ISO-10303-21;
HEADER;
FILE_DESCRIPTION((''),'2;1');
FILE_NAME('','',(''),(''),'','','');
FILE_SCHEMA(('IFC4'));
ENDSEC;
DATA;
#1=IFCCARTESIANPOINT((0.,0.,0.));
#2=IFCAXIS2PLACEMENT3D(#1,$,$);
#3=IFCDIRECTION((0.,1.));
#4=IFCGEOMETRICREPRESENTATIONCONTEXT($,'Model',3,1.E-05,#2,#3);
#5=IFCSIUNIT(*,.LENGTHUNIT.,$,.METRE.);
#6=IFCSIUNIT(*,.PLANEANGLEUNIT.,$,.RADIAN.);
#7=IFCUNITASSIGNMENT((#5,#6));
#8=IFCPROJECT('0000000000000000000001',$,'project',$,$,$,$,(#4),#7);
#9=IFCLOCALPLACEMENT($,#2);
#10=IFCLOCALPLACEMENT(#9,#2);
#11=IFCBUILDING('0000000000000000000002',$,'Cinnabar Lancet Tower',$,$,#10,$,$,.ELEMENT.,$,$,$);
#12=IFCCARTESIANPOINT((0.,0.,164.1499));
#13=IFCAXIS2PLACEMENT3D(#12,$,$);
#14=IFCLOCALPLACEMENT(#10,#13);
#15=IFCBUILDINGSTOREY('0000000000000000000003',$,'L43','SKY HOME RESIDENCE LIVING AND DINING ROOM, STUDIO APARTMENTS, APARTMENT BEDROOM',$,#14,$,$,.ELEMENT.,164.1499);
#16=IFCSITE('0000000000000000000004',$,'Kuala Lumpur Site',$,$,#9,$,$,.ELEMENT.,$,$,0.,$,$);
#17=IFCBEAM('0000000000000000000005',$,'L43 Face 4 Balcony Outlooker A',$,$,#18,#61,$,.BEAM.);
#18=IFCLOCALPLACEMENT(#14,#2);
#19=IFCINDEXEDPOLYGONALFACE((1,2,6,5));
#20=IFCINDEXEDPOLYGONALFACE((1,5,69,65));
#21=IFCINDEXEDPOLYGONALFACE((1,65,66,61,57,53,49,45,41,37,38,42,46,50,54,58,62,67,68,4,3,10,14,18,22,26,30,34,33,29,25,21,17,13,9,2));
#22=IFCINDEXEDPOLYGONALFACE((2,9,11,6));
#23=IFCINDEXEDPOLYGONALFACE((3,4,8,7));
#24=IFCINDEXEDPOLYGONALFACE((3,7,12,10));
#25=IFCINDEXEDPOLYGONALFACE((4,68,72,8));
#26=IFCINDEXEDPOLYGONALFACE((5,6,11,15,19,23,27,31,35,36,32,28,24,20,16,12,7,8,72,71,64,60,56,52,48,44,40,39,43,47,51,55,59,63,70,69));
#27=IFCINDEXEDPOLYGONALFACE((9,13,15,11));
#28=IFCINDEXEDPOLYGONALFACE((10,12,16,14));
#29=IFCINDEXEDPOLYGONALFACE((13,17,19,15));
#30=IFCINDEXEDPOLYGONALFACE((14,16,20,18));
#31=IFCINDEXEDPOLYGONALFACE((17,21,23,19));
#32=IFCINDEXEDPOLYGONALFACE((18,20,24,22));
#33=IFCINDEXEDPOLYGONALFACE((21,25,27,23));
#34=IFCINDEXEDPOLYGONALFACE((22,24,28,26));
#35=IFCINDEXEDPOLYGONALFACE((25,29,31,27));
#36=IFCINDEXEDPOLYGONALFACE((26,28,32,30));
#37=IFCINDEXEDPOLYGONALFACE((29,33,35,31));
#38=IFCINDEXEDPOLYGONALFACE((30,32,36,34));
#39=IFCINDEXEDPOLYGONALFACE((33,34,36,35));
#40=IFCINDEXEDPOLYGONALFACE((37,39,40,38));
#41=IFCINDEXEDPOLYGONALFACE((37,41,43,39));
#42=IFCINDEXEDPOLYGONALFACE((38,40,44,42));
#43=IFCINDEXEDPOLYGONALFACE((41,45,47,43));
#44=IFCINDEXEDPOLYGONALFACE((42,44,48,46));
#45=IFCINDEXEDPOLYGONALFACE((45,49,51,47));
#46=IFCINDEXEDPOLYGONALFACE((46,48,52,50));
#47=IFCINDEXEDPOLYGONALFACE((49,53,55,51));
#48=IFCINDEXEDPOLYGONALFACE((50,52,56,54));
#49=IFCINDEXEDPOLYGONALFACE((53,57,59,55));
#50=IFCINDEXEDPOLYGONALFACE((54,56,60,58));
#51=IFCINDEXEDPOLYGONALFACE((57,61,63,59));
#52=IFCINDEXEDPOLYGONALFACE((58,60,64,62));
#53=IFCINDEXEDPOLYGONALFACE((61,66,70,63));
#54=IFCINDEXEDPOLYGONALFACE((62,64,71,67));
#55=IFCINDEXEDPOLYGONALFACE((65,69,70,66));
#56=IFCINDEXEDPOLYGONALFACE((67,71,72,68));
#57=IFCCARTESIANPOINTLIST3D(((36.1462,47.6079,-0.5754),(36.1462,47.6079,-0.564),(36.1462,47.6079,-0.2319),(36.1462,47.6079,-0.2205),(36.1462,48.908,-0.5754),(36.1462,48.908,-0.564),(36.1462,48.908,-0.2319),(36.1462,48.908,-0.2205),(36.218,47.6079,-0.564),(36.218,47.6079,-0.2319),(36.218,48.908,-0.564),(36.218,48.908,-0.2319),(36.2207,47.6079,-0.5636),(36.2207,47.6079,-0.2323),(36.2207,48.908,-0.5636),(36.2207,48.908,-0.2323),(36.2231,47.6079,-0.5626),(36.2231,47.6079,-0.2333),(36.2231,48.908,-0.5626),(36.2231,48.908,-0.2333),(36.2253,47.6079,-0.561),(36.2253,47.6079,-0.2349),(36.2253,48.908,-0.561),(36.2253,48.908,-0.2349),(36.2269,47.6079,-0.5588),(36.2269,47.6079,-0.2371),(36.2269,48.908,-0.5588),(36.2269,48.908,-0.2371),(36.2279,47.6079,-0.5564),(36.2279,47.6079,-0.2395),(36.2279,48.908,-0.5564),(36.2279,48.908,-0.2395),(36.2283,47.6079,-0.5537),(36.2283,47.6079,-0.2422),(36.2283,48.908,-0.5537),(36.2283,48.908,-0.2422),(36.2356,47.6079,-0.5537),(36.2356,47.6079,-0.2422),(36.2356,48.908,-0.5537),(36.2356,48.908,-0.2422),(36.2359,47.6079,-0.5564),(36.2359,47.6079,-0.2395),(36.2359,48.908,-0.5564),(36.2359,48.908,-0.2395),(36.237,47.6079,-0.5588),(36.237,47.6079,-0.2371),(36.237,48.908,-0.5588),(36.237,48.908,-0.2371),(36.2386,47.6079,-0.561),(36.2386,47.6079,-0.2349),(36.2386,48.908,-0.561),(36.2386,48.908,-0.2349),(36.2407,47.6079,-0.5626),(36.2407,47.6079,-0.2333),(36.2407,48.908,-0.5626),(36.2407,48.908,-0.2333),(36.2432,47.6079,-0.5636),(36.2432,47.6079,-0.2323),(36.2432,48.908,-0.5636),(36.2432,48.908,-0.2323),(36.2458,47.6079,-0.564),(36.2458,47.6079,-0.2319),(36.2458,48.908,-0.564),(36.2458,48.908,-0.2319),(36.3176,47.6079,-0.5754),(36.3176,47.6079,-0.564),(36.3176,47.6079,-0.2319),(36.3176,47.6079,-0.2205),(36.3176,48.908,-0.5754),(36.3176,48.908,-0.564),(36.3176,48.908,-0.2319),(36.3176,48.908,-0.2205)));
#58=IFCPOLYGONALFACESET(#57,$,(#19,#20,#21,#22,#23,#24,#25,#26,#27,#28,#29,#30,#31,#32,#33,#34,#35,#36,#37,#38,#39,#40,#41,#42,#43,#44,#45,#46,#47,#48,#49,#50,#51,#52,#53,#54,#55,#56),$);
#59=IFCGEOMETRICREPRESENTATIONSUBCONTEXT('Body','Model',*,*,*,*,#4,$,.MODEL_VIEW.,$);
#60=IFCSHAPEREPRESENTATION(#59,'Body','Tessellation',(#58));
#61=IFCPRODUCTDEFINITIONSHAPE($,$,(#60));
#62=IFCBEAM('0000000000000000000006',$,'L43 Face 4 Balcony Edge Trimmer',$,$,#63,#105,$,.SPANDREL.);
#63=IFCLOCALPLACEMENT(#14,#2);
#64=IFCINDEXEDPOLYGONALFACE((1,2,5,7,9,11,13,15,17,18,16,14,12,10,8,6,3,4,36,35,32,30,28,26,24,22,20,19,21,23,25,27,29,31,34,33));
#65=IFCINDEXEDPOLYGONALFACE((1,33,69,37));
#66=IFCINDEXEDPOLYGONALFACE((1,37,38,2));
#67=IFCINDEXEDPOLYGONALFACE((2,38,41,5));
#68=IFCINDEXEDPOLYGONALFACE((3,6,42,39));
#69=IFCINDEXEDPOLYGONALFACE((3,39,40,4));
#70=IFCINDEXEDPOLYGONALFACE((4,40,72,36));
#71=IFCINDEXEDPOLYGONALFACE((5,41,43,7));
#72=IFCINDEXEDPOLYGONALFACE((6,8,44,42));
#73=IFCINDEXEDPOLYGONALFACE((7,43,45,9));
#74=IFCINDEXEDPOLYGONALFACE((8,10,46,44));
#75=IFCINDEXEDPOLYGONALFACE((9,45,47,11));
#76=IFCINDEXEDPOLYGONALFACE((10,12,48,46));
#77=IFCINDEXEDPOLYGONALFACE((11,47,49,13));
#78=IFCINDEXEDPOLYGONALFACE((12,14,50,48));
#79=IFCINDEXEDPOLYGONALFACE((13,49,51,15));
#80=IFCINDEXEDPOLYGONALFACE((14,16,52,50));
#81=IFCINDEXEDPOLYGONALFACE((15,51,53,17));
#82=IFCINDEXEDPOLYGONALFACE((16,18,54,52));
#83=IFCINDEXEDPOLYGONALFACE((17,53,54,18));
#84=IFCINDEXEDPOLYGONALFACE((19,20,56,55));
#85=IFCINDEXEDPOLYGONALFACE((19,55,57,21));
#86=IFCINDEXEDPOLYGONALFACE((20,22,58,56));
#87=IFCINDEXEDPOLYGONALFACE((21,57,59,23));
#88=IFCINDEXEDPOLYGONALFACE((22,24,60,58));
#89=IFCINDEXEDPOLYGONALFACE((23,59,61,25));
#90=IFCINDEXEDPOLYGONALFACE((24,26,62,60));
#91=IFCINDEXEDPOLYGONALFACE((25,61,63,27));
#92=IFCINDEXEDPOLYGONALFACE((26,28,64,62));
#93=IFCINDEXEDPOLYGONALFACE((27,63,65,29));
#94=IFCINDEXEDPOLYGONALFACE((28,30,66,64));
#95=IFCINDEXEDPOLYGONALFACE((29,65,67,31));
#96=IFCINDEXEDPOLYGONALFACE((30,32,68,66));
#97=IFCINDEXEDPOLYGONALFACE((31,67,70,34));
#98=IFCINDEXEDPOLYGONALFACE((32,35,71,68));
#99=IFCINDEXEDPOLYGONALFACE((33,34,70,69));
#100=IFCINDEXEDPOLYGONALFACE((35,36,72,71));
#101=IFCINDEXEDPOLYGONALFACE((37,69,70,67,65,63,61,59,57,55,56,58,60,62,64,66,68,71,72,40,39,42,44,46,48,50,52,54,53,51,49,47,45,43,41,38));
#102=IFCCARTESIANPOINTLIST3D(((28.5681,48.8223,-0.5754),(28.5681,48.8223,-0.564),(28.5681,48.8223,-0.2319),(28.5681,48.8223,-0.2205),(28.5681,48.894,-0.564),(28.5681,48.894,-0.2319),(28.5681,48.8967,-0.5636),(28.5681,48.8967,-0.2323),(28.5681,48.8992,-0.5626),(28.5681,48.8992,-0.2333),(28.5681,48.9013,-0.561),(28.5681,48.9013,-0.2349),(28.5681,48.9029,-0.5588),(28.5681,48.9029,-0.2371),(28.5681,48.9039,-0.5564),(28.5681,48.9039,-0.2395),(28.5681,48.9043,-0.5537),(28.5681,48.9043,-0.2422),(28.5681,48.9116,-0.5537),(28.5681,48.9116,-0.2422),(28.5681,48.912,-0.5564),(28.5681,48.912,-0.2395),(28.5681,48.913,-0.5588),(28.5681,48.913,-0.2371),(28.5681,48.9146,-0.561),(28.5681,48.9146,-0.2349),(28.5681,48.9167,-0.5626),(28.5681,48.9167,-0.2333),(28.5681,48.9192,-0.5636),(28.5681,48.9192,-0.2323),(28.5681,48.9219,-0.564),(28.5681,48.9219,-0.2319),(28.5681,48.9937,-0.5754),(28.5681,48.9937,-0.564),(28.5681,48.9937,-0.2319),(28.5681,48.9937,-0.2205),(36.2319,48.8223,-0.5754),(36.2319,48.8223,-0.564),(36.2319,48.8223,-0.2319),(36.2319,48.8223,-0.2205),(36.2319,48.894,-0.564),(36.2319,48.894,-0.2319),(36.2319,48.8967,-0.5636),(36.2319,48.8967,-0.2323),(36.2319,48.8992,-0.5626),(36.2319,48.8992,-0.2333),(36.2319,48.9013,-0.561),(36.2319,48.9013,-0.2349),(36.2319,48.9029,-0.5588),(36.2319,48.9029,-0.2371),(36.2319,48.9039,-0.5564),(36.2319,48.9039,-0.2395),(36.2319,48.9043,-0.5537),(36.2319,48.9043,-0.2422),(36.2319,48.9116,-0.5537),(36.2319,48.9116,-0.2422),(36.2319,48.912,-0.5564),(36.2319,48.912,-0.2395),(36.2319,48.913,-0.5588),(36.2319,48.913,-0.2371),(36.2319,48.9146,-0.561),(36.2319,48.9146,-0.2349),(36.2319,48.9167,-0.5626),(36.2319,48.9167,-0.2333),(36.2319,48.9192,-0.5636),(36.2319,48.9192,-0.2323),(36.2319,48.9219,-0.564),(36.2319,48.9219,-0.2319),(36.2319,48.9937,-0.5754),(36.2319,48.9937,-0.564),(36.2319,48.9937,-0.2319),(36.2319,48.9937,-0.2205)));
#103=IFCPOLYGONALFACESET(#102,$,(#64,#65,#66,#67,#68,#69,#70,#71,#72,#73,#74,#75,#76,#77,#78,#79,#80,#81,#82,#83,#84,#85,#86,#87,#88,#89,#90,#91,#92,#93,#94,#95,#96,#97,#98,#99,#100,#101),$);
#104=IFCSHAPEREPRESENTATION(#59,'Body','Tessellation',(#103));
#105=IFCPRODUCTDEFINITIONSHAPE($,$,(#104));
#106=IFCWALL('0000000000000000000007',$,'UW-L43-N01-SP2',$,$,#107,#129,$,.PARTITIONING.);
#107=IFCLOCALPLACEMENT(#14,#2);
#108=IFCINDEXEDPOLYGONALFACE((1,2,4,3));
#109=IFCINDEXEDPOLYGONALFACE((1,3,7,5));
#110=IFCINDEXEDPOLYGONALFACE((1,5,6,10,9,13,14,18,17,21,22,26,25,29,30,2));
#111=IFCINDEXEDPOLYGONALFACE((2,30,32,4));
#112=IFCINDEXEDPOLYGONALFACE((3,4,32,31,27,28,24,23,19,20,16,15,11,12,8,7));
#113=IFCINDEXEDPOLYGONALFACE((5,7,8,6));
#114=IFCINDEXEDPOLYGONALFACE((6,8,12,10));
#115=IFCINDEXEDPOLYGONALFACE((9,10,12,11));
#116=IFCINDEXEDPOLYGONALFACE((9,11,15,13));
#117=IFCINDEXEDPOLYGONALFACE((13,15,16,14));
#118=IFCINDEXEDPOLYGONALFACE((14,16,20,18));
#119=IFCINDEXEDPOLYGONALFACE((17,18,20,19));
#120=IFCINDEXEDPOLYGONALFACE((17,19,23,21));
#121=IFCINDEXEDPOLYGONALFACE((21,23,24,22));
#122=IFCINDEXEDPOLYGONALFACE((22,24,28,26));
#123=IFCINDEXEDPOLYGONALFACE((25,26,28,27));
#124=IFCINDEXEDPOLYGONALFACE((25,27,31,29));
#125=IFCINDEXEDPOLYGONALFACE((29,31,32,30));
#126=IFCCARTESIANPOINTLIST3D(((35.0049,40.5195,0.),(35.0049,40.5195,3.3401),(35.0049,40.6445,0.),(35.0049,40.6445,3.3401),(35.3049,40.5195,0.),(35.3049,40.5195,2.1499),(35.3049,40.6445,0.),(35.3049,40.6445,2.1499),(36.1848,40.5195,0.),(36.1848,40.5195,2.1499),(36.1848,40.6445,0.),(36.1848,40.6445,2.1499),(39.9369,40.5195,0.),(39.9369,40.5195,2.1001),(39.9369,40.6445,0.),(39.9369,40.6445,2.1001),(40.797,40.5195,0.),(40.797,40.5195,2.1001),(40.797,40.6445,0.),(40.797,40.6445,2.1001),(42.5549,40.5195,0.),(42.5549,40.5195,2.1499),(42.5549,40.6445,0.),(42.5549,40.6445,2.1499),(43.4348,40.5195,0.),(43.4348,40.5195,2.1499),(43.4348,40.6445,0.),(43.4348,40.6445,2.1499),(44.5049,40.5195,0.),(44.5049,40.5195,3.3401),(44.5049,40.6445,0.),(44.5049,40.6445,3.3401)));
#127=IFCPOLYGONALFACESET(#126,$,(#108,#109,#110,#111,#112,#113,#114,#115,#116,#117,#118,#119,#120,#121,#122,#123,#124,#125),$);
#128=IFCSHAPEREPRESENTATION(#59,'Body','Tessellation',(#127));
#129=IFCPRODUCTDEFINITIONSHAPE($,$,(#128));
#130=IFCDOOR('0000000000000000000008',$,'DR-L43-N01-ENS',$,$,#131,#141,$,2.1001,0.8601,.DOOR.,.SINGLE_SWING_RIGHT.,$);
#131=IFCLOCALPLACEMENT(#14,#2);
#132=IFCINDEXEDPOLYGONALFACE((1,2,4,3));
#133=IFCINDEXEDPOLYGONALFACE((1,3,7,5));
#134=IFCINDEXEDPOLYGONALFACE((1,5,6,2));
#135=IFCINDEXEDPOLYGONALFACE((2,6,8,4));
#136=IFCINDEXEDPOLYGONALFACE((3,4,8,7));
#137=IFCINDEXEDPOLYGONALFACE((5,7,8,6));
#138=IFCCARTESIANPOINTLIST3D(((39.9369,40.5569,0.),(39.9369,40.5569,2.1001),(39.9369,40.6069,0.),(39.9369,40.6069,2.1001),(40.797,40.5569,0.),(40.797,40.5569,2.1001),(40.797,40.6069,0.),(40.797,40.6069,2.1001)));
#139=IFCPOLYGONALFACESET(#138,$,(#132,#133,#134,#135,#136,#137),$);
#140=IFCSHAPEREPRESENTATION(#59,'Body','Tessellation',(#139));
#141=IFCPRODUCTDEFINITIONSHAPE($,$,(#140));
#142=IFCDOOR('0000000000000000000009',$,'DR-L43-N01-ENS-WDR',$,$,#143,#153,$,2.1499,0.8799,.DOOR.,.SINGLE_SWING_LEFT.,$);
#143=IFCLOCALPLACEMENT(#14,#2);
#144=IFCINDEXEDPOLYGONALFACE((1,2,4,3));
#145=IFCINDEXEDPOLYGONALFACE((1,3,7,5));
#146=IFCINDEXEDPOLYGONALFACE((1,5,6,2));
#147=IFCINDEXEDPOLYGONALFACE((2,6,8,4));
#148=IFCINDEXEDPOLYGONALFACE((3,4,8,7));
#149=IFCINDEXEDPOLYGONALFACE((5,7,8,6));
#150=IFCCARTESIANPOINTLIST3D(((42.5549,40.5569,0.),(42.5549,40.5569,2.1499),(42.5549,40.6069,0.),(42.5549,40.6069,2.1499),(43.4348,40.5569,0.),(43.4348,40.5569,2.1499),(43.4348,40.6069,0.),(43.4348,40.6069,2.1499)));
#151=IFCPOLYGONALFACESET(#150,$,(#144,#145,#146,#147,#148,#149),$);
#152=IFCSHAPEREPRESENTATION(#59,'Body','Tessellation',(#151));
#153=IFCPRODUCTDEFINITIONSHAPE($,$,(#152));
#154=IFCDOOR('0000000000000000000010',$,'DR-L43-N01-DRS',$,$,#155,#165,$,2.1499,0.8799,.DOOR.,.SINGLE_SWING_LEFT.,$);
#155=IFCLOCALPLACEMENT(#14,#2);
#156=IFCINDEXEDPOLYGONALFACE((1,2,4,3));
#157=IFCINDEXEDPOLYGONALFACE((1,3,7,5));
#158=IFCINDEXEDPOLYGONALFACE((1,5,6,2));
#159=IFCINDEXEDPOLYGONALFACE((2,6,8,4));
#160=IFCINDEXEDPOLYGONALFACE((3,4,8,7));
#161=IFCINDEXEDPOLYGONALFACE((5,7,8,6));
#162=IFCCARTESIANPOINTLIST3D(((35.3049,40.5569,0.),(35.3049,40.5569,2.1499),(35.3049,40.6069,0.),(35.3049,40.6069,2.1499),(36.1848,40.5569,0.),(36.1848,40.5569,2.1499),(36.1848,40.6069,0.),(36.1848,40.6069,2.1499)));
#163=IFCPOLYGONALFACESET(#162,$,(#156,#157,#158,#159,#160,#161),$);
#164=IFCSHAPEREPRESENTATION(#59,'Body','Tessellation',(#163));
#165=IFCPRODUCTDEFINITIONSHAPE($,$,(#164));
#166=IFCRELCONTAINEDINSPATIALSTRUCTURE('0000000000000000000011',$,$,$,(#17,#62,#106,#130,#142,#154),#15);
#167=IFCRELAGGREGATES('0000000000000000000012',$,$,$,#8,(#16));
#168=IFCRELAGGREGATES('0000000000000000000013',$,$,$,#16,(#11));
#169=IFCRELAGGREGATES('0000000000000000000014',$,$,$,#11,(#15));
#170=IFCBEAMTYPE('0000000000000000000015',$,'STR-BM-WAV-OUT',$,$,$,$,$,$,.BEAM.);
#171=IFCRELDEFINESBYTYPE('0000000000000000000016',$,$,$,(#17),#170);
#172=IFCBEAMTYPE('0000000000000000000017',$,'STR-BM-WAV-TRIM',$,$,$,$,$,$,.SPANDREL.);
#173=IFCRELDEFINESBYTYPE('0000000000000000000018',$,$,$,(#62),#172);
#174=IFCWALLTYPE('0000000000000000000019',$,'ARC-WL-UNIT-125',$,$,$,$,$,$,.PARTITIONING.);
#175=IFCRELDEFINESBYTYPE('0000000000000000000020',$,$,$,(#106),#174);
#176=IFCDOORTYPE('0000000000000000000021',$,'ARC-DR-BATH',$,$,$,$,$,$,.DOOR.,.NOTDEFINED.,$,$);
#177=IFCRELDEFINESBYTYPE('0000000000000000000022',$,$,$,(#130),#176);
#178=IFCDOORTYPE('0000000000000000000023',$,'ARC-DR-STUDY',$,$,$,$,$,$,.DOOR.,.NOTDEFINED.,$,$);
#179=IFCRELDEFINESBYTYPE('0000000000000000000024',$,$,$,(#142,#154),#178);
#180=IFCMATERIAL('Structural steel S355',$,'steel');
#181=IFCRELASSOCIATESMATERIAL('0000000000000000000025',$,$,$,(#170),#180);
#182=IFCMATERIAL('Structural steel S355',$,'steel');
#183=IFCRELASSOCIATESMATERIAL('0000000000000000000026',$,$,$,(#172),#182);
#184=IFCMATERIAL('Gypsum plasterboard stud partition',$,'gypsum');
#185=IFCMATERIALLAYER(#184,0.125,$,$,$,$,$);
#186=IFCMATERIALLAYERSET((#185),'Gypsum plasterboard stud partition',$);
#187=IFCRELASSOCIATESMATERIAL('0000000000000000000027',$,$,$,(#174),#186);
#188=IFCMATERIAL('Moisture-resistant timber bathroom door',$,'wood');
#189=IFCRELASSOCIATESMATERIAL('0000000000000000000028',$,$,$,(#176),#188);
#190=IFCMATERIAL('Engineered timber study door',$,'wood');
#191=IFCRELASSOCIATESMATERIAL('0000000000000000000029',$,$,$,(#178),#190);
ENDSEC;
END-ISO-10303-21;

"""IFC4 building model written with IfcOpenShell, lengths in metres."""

from ifc_helpers import new_model, si_unit, direction, frame, frame_2d, origin, origin_2d, place, context, subcontext, project, spatial, rectangle, i_section, extrude, material, layer, layer_set, material_profile, profile_set, type_object, element, fill, save


model = new_model("IFC4")

# Units and contexts
model_context = context("Model", 3, precision=1e-05, world=origin(), true_north=direction((0.0, 1.0)))
body_context = subcontext(model_context, "Body", "Model", "MODEL_VIEW")
ifc_project = project(units=[si_unit("LENGTHUNIT", "METRE"), si_unit("PLANEANGLEUNIT", "RADIAN")], contexts=[model_context])

# Site, building, storey
site_placement = place(None, origin())
site = spatial("IfcSite", under=ifc_project, at=site_placement, Name="Kuala Lumpur Site", CompositionType="ELEMENT", RefElevation=0.0)
building_placement = place(site_placement, origin())
building = spatial("IfcBuilding", under=site, at=building_placement, Name="Cinnabar Lancet Tower", CompositionType="ELEMENT")
storey_placement = place(building_placement, frame((0.0, 0.0, 164.1499)))
storey = spatial("IfcBuildingStorey", under=building, at=storey_placement, Name="L43", Description="SKY HOME RESIDENCE LIVING AND DINING ROOM, STUDIO APARTMENTS, APARTMENT BEDROOM", CompositionType="ELEMENT", Elevation=164.1499)

# Beams
ifc_material_1 = material(Name="Structural steel S355", Category="steel")
ifc_material_profile_1 = material_profile(ifc_material_1, i_section(OverallWidth=0.1714, OverallDepth=0.355, WebThickness=0.0073, FlangeThickness=0.0115, FilletRadius=0.0103, at=origin_2d()), Name="UKB 356x171x51")
ifc_profile_set_1 = profile_set([ifc_material_profile_1], Name="Structural steel S355")
beam_type_1 = type_object("IfcBeamType", Name="STR-BM-WAV-OUT", PredefinedType="BEAM", material=ifc_profile_set_1)
beam_1_placement = place(storey_placement, frame((36.2319, 47.6079, -0.3979), z_axis=(0.0, 1.0, 0.0), x_axis=(-1.0, 0.0, 0.0)))
element("IfcBeam", 1, at=beam_1_placement, inside=storey, type_object=beam_type_1, Name="L43 Face 4 Balcony Outlooker A", PredefinedType="BEAM", context=body_context, shape_type="SweptSolid", body=[
    extrude(i_section(OverallWidth=0.1714, OverallDepth=0.355, WebThickness=0.0073, FlangeThickness=0.0115, FilletRadius=0.0103, at=origin_2d()), origin(), (0.0, 0.0, 1.0), 1.3),
])
ifc_material_2 = material(Name="Structural steel S355", Category="steel")
ifc_material_profile_2 = material_profile(ifc_material_2, i_section(OverallWidth=0.1714, OverallDepth=0.355, WebThickness=0.0073, FlangeThickness=0.0115, FilletRadius=0.0103, at=origin_2d()), Name="UKB 356x171x51")
ifc_profile_set_2 = profile_set([ifc_material_profile_2], Name="Structural steel S355")
beam_type_2 = type_object("IfcBeamType", Name="STR-BM-WAV-TRIM", PredefinedType="SPANDREL", material=ifc_profile_set_2)
beam_2_placement = place(storey_placement, frame((36.2319, 48.908, -0.3979), z_axis=(-1.0, 0.0, 0.0), x_axis=(0.0, -1.0, 0.0)))
element("IfcBeam", 2, at=beam_2_placement, inside=storey, type_object=beam_type_2, Name="L43 Face 4 Balcony Edge Trimmer", PredefinedType="SPANDREL", context=body_context, shape_type="SweptSolid", body=[
    extrude(i_section(OverallWidth=0.1714, OverallDepth=0.355, WebThickness=0.0073, FlangeThickness=0.0115, FilletRadius=0.0103, at=origin_2d()), origin(), (0.0, 0.0, 1.0), 7.6638),
])

# Wall, openings, doors
ifc_material_3 = material(Name="Gypsum plasterboard stud partition", Category="gypsum")
ifc_layer_1 = layer(ifc_material_3, 0.125)
ifc_layer_set_1 = layer_set([ifc_layer_1], Name="Gypsum plasterboard stud partition")
wall_type_1 = type_object("IfcWallType", Name="ARC-WL-UNIT-125", PredefinedType="PARTITIONING", material=ifc_layer_set_1)
wall_1_placement = place(storey_placement, frame((35.0049, 40.582, 0.0), z_axis=(0.0, 0.0, 1.0), x_axis=(1.0, 0.0, 0.0)))
wall_1 = element("IfcWall", 3, at=wall_1_placement, inside=storey, type_object=wall_type_1, Name="UW-L43-N01-SP2", PredefinedType="PARTITIONING", context=body_context, shape_type="SweptSolid", body=[
    extrude(rectangle(XDim=9.5, YDim=0.125, at=frame_2d((4.75, 0.0))), origin(), (0.0, 0.0, 1.0), 3.3401),
])
opening_1_placement = place(wall_1_placement, frame((4.9319, 0.0, 0.0)))
opening_1 = element("IfcOpeningElement", 4, at=opening_1_placement, cuts=wall_1, PredefinedType="OPENING", context=body_context, shape_type="SweptSolid", body=[
    extrude(rectangle(XDim=0.8601, YDim=2.1001, at=frame_2d((0.4302, 1.05))), frame((0.0, 0.0725, 0.0), z_axis=(0.0, -1.0, 0.0), x_axis=(1.0, 0.0, 0.0)), (0.0, 0.0, 1.0), 0.145),
])
opening_2_placement = place(wall_1_placement, frame((7.55, 0.0, 0.0)))
opening_2 = element("IfcOpeningElement", 5, at=opening_2_placement, cuts=wall_1, PredefinedType="OPENING", context=body_context, shape_type="SweptSolid", body=[
    extrude(rectangle(XDim=0.8799, YDim=2.1499, at=frame_2d((0.4399, 1.075))), frame((0.0, 0.0725, 0.0), z_axis=(0.0, -1.0, 0.0), x_axis=(1.0, 0.0, 0.0)), (0.0, 0.0, 1.0), 0.145),
])
opening_3_placement = place(wall_1_placement, frame((0.3, 0.0, 0.0)))
opening_3 = element("IfcOpeningElement", 6, at=opening_3_placement, cuts=wall_1, PredefinedType="OPENING", context=body_context, shape_type="SweptSolid", body=[
    extrude(rectangle(XDim=0.8799, YDim=2.1499, at=frame_2d((0.4399, 1.075))), frame((0.0, 0.0725, 0.0), z_axis=(0.0, -1.0, 0.0), x_axis=(1.0, 0.0, 0.0)), (0.0, 0.0, 1.0), 0.145),
])
ifc_material_4 = material(Name="Moisture-resistant timber bathroom door", Category="wood")
door_type_1 = type_object("IfcDoorType", Name="ARC-DR-BATH", OperationType="NOTDEFINED", PredefinedType="DOOR", material=ifc_material_4)
door_1_placement = place(opening_1_placement, origin())
door_1 = element("IfcDoor", 7, at=door_1_placement, inside=storey, type_object=door_type_1, Name="DR-L43-N01-ENS", OperationType="SINGLE_SWING_RIGHT", OverallHeight=2.1001, OverallWidth=0.8601, PredefinedType="DOOR", context=body_context, shape_type="SweptSolid", body=[
    extrude(rectangle(XDim=0.8601, YDim=2.1001, at=frame_2d((0.4302, 1.05))), frame((0.0, 0.0249, 0.0), z_axis=(0.0, -1.0, 0.0), x_axis=(1.0, 0.0, 0.0)), (0.0, 0.0, 1.0), 0.05),
])
fill(opening_1, door_1)
ifc_material_5 = material(Name="Engineered timber study door", Category="wood")
door_type_2 = type_object("IfcDoorType", Name="ARC-DR-STUDY", OperationType="NOTDEFINED", PredefinedType="DOOR", material=ifc_material_5)
door_2_placement = place(opening_2_placement, origin())
door_2 = element("IfcDoor", 8, at=door_2_placement, inside=storey, type_object=door_type_2, Name="DR-L43-N01-ENS-WDR", OperationType="SINGLE_SWING_LEFT", OverallHeight=2.1499, OverallWidth=0.8799, PredefinedType="DOOR", context=body_context, shape_type="SweptSolid", body=[
    extrude(rectangle(XDim=0.8799, YDim=2.1499, at=frame_2d((0.4399, 1.075))), frame((0.0, 0.0249, 0.0), z_axis=(0.0, -1.0, 0.0), x_axis=(1.0, 0.0, 0.0)), (0.0, 0.0, 1.0), 0.05),
])
fill(opening_2, door_2)
door_3_placement = place(opening_3_placement, origin())
door_3 = element("IfcDoor", 9, at=door_3_placement, inside=storey, type_object=door_type_2, Name="DR-L43-N01-DRS", OperationType="SINGLE_SWING_LEFT", OverallHeight=2.1499, OverallWidth=0.8799, PredefinedType="DOOR", context=body_context, shape_type="SweptSolid", body=[
    extrude(rectangle(XDim=0.8799, YDim=2.1499, at=frame_2d((0.4399, 1.075))), frame((0.0, 0.0249, 0.0), z_axis=(0.0, -1.0, 0.0), x_axis=(1.0, 0.0, 0.0)), (0.0, 0.0, 1.0), 0.05),
])
fill(opening_3, door_3)

save(model, "model.ifc")
